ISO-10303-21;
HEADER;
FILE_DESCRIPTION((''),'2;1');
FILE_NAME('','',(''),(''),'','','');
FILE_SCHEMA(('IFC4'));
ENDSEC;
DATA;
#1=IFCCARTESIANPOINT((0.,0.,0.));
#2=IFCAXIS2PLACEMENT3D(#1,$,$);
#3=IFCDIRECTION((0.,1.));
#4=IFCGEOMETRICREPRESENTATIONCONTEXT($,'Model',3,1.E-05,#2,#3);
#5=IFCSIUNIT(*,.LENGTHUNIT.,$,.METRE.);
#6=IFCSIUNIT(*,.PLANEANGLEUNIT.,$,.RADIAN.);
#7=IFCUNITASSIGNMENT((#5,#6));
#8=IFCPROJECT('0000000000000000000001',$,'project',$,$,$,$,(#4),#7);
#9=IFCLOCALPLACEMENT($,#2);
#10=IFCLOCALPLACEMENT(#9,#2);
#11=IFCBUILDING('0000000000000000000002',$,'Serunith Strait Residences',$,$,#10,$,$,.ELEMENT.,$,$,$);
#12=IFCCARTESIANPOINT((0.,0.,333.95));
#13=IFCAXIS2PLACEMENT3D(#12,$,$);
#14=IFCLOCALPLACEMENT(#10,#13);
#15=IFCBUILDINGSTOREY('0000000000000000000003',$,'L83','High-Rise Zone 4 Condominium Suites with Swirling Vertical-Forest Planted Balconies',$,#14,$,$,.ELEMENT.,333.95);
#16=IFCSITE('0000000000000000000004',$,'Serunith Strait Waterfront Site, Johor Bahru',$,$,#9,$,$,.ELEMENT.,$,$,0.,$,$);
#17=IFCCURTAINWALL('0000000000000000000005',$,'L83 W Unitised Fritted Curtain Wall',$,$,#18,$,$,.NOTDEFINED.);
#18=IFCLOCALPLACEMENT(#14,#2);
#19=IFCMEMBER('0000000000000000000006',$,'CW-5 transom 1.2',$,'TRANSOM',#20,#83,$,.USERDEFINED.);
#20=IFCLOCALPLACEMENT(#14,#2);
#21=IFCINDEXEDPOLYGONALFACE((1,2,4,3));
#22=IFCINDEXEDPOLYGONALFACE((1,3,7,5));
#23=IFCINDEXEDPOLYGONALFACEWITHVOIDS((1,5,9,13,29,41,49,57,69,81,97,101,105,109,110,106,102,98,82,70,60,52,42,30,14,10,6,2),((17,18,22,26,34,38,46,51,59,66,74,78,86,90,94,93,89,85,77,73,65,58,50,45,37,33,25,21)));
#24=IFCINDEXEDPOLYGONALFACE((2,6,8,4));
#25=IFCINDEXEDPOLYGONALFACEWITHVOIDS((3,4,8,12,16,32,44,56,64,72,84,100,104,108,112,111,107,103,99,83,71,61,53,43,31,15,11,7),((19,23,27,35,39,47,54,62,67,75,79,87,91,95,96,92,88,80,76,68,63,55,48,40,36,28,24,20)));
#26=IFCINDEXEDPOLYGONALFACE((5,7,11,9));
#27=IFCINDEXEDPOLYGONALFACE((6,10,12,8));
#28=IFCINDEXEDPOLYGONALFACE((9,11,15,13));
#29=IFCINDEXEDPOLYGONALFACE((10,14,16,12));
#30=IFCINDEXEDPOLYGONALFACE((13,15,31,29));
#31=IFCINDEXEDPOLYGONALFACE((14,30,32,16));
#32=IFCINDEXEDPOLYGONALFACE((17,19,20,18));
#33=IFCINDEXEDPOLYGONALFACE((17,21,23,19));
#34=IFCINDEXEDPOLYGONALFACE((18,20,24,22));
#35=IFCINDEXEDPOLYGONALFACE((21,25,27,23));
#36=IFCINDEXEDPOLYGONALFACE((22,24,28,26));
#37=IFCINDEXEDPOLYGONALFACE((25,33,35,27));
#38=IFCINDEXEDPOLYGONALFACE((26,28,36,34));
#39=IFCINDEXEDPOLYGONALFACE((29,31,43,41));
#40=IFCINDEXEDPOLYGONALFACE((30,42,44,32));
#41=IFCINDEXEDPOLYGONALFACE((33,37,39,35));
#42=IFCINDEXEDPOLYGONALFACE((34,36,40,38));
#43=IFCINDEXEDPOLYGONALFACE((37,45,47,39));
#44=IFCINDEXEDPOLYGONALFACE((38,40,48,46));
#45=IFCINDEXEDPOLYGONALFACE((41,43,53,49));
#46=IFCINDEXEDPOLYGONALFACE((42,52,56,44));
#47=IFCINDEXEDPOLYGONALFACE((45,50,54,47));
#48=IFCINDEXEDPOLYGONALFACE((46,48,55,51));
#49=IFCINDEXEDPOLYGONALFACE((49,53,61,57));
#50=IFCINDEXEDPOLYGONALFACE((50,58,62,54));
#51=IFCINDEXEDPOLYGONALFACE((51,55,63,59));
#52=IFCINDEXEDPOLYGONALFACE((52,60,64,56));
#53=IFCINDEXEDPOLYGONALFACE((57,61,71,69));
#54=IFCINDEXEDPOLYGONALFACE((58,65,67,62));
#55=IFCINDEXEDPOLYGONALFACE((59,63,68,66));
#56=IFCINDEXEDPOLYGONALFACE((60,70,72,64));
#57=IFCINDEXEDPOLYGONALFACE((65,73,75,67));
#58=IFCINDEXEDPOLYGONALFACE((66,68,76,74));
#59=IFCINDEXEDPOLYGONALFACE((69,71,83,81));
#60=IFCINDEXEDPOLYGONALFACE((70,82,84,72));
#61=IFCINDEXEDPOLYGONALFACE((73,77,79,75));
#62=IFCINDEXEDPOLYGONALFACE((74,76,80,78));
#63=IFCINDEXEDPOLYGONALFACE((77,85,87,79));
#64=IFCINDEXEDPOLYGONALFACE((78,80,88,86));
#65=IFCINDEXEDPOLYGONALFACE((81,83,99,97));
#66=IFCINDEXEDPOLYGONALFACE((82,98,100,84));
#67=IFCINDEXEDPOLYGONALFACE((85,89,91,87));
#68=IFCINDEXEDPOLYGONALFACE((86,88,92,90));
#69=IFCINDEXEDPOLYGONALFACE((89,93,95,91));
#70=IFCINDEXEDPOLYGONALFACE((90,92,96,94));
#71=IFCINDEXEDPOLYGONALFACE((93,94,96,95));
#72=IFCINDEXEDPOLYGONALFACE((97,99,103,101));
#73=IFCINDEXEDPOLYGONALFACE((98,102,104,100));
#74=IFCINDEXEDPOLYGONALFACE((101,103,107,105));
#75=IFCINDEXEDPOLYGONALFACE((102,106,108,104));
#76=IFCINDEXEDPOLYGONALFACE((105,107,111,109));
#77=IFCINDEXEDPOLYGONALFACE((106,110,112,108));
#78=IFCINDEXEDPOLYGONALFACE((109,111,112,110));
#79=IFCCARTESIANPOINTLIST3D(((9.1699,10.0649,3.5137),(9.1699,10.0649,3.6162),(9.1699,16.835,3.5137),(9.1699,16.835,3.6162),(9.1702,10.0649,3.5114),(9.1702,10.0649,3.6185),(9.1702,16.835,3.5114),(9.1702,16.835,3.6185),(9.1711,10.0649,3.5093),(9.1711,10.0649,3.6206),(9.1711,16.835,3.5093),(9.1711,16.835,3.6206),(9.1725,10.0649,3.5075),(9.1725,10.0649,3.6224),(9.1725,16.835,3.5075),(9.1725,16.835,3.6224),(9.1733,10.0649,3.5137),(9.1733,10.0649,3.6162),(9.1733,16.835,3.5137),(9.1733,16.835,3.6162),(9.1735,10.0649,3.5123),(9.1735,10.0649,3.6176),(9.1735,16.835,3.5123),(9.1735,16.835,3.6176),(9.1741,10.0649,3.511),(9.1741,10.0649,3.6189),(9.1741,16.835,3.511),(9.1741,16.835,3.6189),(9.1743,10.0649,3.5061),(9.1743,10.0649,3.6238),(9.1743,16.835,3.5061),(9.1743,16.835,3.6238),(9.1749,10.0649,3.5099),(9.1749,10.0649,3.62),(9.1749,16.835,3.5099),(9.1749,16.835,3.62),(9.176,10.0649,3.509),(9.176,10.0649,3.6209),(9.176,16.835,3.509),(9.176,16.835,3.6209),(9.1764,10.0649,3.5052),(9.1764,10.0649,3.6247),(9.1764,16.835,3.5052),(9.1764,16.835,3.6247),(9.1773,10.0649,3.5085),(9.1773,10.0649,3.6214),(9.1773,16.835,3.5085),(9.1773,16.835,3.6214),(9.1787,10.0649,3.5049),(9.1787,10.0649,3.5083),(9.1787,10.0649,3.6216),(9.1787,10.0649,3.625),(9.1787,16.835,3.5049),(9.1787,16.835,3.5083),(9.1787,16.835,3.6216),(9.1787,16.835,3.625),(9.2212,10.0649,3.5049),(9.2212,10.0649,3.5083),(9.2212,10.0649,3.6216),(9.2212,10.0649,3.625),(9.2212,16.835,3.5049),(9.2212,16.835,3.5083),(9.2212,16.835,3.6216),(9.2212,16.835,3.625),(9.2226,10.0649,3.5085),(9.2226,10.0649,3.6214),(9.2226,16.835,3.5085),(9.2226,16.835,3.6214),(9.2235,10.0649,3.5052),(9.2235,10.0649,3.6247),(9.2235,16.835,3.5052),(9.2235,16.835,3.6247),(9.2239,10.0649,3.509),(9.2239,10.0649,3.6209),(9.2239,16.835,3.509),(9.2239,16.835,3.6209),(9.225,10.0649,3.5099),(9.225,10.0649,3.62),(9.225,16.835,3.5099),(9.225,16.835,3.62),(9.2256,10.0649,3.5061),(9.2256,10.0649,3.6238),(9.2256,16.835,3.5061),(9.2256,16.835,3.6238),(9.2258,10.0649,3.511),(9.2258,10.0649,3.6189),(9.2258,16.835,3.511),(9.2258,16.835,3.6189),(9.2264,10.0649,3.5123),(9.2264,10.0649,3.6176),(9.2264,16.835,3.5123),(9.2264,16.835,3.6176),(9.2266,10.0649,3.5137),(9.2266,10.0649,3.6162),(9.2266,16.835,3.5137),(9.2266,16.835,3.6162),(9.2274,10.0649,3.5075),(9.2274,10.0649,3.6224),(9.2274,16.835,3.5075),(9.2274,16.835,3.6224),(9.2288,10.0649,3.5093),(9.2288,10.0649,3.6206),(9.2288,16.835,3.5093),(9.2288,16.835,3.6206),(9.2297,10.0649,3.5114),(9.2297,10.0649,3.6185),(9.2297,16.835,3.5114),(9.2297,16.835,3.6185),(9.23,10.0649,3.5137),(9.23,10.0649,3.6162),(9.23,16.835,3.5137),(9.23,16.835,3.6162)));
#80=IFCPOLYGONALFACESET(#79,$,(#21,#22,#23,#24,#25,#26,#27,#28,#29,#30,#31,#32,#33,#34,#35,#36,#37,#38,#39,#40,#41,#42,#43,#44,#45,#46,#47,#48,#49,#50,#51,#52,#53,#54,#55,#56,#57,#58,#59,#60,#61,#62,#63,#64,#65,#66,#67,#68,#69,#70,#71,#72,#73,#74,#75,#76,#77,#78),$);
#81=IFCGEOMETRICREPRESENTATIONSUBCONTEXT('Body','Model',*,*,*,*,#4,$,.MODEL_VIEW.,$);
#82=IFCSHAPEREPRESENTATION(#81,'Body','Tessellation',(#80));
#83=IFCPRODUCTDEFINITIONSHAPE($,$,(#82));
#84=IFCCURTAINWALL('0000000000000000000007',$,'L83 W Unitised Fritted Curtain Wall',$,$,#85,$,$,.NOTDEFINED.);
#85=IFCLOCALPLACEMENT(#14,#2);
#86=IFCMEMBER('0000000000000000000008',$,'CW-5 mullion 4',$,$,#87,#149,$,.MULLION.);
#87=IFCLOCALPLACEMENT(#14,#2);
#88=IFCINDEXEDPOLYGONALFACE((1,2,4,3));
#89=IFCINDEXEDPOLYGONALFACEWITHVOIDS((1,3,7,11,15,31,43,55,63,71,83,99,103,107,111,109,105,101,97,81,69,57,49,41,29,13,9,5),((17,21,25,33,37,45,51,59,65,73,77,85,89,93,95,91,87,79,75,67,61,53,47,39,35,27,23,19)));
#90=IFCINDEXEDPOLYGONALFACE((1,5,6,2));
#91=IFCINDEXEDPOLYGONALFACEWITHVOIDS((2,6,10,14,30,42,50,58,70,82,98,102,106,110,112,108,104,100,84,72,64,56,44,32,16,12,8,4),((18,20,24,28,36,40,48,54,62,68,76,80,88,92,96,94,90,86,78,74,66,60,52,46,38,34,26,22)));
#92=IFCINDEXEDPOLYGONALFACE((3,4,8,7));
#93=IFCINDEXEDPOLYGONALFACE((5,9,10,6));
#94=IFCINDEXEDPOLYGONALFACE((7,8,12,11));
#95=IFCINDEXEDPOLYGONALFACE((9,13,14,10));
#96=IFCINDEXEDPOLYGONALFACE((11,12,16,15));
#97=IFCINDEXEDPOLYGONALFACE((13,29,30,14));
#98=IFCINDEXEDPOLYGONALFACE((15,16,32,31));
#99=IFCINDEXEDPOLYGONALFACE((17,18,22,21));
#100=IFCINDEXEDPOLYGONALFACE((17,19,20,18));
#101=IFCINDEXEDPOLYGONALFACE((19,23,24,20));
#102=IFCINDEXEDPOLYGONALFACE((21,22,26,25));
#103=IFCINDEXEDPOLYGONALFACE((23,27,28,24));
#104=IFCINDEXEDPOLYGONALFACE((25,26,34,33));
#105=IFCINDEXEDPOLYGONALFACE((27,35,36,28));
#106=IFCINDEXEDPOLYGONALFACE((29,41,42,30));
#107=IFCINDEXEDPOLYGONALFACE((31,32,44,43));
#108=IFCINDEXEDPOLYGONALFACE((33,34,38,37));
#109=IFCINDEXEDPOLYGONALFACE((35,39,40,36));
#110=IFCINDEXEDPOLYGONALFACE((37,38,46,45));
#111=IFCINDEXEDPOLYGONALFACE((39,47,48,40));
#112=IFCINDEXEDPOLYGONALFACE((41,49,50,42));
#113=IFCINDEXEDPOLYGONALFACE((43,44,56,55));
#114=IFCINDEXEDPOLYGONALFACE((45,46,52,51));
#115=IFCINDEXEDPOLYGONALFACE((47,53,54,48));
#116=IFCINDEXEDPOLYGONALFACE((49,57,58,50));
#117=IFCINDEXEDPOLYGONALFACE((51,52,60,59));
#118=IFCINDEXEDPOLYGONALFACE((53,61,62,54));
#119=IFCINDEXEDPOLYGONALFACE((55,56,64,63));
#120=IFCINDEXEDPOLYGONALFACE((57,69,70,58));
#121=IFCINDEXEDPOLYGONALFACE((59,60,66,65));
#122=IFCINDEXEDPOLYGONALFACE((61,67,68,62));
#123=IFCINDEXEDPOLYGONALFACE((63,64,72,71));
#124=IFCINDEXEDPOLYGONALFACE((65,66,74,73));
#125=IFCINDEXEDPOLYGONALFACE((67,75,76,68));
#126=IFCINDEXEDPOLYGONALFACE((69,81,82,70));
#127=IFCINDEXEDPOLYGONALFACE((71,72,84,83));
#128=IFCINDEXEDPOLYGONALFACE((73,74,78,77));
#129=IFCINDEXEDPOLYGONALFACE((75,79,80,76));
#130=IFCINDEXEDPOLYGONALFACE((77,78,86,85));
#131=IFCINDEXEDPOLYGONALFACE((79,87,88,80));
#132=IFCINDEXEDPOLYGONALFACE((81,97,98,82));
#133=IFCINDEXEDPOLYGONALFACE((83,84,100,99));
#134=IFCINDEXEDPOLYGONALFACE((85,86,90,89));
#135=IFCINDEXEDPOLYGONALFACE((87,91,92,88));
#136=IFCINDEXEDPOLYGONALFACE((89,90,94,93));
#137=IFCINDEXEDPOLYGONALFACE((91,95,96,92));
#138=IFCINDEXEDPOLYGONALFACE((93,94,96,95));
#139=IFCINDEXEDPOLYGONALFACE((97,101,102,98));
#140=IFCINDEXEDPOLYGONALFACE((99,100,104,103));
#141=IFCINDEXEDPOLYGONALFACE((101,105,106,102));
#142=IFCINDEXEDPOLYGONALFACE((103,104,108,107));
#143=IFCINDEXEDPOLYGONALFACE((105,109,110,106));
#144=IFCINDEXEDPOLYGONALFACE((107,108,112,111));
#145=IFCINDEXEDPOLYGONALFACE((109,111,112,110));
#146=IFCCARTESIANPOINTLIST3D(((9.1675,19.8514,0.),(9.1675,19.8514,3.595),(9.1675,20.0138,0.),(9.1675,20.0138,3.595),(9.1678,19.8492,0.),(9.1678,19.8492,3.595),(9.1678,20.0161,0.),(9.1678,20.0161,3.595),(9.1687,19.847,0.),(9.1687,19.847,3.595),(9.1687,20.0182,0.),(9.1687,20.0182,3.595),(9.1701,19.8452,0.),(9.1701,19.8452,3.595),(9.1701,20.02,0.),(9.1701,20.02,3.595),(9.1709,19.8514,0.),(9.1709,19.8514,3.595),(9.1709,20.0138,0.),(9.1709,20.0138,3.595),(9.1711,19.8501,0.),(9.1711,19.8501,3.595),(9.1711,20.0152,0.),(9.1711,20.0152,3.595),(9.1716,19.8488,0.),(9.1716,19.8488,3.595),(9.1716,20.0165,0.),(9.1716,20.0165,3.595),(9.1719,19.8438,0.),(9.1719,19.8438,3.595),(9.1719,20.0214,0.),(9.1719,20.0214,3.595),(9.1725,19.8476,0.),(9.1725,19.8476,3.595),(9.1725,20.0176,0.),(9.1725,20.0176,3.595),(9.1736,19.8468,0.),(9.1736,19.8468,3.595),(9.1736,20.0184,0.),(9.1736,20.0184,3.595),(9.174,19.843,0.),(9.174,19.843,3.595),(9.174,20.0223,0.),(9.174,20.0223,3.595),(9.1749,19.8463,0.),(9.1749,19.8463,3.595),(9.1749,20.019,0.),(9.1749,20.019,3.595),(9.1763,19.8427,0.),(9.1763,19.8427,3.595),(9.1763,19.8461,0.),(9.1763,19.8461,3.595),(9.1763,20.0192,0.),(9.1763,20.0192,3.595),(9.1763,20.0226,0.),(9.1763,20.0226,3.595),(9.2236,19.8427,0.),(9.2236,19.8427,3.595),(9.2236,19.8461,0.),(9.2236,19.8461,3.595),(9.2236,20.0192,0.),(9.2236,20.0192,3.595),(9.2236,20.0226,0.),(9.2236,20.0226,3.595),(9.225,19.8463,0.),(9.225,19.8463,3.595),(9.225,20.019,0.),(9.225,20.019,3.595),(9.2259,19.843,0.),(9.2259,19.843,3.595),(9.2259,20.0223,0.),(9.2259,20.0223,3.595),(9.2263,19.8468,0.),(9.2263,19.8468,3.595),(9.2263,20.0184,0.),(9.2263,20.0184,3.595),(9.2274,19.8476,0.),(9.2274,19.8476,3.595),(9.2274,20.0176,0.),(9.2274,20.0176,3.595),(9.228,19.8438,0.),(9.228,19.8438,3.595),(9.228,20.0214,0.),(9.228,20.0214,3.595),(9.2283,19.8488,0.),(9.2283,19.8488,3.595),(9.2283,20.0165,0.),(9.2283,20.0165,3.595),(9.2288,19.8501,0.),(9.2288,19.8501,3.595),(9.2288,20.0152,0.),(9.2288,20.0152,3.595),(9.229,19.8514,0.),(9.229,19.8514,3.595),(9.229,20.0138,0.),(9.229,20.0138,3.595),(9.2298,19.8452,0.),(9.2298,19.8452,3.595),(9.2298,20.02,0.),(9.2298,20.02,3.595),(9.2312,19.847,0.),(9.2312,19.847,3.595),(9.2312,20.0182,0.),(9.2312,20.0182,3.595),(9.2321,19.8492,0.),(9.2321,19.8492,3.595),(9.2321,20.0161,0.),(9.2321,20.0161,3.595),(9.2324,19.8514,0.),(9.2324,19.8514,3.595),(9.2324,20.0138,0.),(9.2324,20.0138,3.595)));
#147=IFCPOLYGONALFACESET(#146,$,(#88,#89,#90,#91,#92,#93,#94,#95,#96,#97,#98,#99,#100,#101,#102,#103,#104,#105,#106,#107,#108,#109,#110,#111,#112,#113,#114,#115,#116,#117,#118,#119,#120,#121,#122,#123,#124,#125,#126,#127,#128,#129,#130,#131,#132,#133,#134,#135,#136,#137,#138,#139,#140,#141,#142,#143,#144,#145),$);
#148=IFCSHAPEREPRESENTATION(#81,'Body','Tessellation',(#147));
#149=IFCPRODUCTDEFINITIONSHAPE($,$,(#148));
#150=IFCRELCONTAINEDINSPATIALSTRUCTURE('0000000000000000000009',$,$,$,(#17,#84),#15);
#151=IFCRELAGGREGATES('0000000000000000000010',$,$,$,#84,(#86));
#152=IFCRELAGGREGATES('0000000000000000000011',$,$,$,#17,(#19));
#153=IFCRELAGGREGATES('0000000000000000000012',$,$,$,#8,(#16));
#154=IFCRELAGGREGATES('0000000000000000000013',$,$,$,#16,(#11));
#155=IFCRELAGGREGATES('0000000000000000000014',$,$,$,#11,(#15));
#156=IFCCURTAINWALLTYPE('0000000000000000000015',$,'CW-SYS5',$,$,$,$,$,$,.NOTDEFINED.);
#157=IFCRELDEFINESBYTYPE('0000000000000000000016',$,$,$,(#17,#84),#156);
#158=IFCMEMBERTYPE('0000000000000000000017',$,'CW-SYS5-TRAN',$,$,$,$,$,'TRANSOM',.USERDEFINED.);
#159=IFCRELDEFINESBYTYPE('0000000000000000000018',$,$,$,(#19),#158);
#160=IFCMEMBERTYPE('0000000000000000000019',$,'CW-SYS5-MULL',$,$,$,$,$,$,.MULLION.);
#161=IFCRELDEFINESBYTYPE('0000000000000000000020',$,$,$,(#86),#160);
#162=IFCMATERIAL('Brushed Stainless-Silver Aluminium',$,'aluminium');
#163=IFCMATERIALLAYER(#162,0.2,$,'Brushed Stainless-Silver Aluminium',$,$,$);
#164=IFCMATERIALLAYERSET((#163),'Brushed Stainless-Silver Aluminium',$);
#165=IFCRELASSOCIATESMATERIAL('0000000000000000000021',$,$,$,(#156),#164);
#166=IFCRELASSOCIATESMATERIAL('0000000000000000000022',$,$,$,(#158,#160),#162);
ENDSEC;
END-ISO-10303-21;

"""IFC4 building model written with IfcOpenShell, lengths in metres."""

from ifc_helpers import new_model, si_unit, direction, frame, origin, origin_2d, place, context, subcontext, project, spatial, hollow_rectangle, extrude, source, transform, mapped, material, layer, layer_set, material_profile, profile_set, type_object, element, aggregate, save


model = new_model("IFC4")

# Units and contexts
model_context = context("Model", 3, precision=1e-05, world=origin(), true_north=direction((0.0, 1.0)))
body_context = subcontext(model_context, "Body", "Model", "MODEL_VIEW")
ifc_project = project(units=[si_unit("LENGTHUNIT", "METRE"), si_unit("PLANEANGLEUNIT", "RADIAN")], contexts=[model_context])

# Site, building, storey
site_placement = place(None, origin())
site = spatial("IfcSite", under=ifc_project, at=site_placement, Name="Serunith Strait Waterfront Site, Johor Bahru", CompositionType="ELEMENT", RefElevation=0.0)
building_placement = place(site_placement, origin())
building = spatial("IfcBuilding", under=site, at=building_placement, Name="Serunith Strait Residences", CompositionType="ELEMENT")
storey_placement = place(building_placement, frame((0.0, 0.0, 333.95)))
storey = spatial("IfcBuildingStorey", under=building, at=storey_placement, Name="L83", Description="High-Rise Zone 4 Condominium Suites with Swirling Vertical-Forest Planted Balconies", CompositionType="ELEMENT", Elevation=333.95)

# Curtain wall, member
ifc_material_1 = material(Name="Brushed Stainless-Silver Aluminium", Category="aluminium")
ifc_layer_1 = layer(ifc_material_1, 0.2, Name="Brushed Stainless-Silver Aluminium")
ifc_layer_set_1 = layer_set([ifc_layer_1], Name="Brushed Stainless-Silver Aluminium")
curtain_wall_type = type_object("IfcCurtainWallType", Name="CW-SYS5", PredefinedType="NOTDEFINED", material=ifc_layer_set_1)
curtain_wall_1_placement = place(storey_placement, origin())
curtain_wall_1 = element("IfcCurtainWall", 1, at=curtain_wall_1_placement, inside=storey, type_object=curtain_wall_type, Name="L83 W Unitised Fritted Curtain Wall", PredefinedType="NOTDEFINED")
ifc_material_profile_1 = material_profile(ifc_material_1, hollow_rectangle(XDim=0.0601, YDim=0.1201, WallThickness=0.0034, InnerFilletRadius=0.0054, OuterFilletRadius=0.0088, at=origin_2d()), Name="ALU 120x60x3.5")
ifc_profile_set_1 = profile_set([ifc_material_profile_1], Name="Brushed Stainless-Silver Aluminium")
member_type_1 = type_object("IfcMemberType", Name="CW-SYS5-TRAN", ElementType="TRANSOM", PredefinedType="USERDEFINED", material=ifc_profile_set_1)
shared_shape_1 = source(origin(), body_context, "Body", "SweptSolid", [
    extrude(hollow_rectangle(XDim=0.0601, YDim=0.1201, WallThickness=0.0034, InnerFilletRadius=0.0054, OuterFilletRadius=0.0088, at=origin_2d()), origin(), (0.0, 0.0, 1.0), 6.77),
])
member_1_placement = place(storey_placement, frame((9.2, 16.835, 3.5649), z_axis=(0.0, -1.0, 0.0), x_axis=(1.0, 0.0, 0.0)))
member_1 = element("IfcMember", 2, at=member_1_placement, type_object=member_type_1, Name="CW-5 transom 1.2", ObjectType="TRANSOM", PredefinedType="USERDEFINED", context=body_context, shape_type="MappedRepresentation", body=[
    mapped(shared_shape_1, transform((0.0, 0.0, 0.0), scale=1.0)),
])

# Curtain wall, member
curtain_wall_2_placement = place(storey_placement, origin())
curtain_wall_2 = element("IfcCurtainWall", 3, at=curtain_wall_2_placement, inside=storey, type_object=curtain_wall_type, Name="L83 W Unitised Fritted Curtain Wall", PredefinedType="NOTDEFINED")
ifc_material_profile_2 = material_profile(ifc_material_1, hollow_rectangle(XDim=0.0649, YDim=0.1799, WallThickness=0.0034, InnerFilletRadius=0.0054, OuterFilletRadius=0.0088, at=origin_2d()), Name="ALU 180x65x3.5")
ifc_profile_set_2 = profile_set([ifc_material_profile_2], Name="Brushed Stainless-Silver Aluminium")
member_type_2 = type_object("IfcMemberType", Name="CW-SYS5-MULL", PredefinedType="MULLION", material=ifc_profile_set_2)
shared_shape_2 = source(origin(), body_context, "Body", "SweptSolid", [
    extrude(hollow_rectangle(XDim=0.0649, YDim=0.1799, WallThickness=0.0034, InnerFilletRadius=0.0054, OuterFilletRadius=0.0088, at=origin_2d()), origin(), (0.0, 0.0, 1.0), 3.595),
])
member_2_placement = place(storey_placement, frame((9.2, 19.9326, 0.0), z_axis=(0.0, 0.0, 1.0), x_axis=(1.0, 0.0, 0.0)))
member_2 = element("IfcMember", 4, at=member_2_placement, type_object=member_type_2, Name="CW-5 mullion 4", PredefinedType="MULLION", context=body_context, shape_type="MappedRepresentation", body=[
    mapped(shared_shape_2, transform((0.0, 0.0, 0.0), scale=1.0)),
])

aggregate(curtain_wall_2, [member_2])
aggregate(curtain_wall_1, [member_1])

save(model, "model.ifc")
